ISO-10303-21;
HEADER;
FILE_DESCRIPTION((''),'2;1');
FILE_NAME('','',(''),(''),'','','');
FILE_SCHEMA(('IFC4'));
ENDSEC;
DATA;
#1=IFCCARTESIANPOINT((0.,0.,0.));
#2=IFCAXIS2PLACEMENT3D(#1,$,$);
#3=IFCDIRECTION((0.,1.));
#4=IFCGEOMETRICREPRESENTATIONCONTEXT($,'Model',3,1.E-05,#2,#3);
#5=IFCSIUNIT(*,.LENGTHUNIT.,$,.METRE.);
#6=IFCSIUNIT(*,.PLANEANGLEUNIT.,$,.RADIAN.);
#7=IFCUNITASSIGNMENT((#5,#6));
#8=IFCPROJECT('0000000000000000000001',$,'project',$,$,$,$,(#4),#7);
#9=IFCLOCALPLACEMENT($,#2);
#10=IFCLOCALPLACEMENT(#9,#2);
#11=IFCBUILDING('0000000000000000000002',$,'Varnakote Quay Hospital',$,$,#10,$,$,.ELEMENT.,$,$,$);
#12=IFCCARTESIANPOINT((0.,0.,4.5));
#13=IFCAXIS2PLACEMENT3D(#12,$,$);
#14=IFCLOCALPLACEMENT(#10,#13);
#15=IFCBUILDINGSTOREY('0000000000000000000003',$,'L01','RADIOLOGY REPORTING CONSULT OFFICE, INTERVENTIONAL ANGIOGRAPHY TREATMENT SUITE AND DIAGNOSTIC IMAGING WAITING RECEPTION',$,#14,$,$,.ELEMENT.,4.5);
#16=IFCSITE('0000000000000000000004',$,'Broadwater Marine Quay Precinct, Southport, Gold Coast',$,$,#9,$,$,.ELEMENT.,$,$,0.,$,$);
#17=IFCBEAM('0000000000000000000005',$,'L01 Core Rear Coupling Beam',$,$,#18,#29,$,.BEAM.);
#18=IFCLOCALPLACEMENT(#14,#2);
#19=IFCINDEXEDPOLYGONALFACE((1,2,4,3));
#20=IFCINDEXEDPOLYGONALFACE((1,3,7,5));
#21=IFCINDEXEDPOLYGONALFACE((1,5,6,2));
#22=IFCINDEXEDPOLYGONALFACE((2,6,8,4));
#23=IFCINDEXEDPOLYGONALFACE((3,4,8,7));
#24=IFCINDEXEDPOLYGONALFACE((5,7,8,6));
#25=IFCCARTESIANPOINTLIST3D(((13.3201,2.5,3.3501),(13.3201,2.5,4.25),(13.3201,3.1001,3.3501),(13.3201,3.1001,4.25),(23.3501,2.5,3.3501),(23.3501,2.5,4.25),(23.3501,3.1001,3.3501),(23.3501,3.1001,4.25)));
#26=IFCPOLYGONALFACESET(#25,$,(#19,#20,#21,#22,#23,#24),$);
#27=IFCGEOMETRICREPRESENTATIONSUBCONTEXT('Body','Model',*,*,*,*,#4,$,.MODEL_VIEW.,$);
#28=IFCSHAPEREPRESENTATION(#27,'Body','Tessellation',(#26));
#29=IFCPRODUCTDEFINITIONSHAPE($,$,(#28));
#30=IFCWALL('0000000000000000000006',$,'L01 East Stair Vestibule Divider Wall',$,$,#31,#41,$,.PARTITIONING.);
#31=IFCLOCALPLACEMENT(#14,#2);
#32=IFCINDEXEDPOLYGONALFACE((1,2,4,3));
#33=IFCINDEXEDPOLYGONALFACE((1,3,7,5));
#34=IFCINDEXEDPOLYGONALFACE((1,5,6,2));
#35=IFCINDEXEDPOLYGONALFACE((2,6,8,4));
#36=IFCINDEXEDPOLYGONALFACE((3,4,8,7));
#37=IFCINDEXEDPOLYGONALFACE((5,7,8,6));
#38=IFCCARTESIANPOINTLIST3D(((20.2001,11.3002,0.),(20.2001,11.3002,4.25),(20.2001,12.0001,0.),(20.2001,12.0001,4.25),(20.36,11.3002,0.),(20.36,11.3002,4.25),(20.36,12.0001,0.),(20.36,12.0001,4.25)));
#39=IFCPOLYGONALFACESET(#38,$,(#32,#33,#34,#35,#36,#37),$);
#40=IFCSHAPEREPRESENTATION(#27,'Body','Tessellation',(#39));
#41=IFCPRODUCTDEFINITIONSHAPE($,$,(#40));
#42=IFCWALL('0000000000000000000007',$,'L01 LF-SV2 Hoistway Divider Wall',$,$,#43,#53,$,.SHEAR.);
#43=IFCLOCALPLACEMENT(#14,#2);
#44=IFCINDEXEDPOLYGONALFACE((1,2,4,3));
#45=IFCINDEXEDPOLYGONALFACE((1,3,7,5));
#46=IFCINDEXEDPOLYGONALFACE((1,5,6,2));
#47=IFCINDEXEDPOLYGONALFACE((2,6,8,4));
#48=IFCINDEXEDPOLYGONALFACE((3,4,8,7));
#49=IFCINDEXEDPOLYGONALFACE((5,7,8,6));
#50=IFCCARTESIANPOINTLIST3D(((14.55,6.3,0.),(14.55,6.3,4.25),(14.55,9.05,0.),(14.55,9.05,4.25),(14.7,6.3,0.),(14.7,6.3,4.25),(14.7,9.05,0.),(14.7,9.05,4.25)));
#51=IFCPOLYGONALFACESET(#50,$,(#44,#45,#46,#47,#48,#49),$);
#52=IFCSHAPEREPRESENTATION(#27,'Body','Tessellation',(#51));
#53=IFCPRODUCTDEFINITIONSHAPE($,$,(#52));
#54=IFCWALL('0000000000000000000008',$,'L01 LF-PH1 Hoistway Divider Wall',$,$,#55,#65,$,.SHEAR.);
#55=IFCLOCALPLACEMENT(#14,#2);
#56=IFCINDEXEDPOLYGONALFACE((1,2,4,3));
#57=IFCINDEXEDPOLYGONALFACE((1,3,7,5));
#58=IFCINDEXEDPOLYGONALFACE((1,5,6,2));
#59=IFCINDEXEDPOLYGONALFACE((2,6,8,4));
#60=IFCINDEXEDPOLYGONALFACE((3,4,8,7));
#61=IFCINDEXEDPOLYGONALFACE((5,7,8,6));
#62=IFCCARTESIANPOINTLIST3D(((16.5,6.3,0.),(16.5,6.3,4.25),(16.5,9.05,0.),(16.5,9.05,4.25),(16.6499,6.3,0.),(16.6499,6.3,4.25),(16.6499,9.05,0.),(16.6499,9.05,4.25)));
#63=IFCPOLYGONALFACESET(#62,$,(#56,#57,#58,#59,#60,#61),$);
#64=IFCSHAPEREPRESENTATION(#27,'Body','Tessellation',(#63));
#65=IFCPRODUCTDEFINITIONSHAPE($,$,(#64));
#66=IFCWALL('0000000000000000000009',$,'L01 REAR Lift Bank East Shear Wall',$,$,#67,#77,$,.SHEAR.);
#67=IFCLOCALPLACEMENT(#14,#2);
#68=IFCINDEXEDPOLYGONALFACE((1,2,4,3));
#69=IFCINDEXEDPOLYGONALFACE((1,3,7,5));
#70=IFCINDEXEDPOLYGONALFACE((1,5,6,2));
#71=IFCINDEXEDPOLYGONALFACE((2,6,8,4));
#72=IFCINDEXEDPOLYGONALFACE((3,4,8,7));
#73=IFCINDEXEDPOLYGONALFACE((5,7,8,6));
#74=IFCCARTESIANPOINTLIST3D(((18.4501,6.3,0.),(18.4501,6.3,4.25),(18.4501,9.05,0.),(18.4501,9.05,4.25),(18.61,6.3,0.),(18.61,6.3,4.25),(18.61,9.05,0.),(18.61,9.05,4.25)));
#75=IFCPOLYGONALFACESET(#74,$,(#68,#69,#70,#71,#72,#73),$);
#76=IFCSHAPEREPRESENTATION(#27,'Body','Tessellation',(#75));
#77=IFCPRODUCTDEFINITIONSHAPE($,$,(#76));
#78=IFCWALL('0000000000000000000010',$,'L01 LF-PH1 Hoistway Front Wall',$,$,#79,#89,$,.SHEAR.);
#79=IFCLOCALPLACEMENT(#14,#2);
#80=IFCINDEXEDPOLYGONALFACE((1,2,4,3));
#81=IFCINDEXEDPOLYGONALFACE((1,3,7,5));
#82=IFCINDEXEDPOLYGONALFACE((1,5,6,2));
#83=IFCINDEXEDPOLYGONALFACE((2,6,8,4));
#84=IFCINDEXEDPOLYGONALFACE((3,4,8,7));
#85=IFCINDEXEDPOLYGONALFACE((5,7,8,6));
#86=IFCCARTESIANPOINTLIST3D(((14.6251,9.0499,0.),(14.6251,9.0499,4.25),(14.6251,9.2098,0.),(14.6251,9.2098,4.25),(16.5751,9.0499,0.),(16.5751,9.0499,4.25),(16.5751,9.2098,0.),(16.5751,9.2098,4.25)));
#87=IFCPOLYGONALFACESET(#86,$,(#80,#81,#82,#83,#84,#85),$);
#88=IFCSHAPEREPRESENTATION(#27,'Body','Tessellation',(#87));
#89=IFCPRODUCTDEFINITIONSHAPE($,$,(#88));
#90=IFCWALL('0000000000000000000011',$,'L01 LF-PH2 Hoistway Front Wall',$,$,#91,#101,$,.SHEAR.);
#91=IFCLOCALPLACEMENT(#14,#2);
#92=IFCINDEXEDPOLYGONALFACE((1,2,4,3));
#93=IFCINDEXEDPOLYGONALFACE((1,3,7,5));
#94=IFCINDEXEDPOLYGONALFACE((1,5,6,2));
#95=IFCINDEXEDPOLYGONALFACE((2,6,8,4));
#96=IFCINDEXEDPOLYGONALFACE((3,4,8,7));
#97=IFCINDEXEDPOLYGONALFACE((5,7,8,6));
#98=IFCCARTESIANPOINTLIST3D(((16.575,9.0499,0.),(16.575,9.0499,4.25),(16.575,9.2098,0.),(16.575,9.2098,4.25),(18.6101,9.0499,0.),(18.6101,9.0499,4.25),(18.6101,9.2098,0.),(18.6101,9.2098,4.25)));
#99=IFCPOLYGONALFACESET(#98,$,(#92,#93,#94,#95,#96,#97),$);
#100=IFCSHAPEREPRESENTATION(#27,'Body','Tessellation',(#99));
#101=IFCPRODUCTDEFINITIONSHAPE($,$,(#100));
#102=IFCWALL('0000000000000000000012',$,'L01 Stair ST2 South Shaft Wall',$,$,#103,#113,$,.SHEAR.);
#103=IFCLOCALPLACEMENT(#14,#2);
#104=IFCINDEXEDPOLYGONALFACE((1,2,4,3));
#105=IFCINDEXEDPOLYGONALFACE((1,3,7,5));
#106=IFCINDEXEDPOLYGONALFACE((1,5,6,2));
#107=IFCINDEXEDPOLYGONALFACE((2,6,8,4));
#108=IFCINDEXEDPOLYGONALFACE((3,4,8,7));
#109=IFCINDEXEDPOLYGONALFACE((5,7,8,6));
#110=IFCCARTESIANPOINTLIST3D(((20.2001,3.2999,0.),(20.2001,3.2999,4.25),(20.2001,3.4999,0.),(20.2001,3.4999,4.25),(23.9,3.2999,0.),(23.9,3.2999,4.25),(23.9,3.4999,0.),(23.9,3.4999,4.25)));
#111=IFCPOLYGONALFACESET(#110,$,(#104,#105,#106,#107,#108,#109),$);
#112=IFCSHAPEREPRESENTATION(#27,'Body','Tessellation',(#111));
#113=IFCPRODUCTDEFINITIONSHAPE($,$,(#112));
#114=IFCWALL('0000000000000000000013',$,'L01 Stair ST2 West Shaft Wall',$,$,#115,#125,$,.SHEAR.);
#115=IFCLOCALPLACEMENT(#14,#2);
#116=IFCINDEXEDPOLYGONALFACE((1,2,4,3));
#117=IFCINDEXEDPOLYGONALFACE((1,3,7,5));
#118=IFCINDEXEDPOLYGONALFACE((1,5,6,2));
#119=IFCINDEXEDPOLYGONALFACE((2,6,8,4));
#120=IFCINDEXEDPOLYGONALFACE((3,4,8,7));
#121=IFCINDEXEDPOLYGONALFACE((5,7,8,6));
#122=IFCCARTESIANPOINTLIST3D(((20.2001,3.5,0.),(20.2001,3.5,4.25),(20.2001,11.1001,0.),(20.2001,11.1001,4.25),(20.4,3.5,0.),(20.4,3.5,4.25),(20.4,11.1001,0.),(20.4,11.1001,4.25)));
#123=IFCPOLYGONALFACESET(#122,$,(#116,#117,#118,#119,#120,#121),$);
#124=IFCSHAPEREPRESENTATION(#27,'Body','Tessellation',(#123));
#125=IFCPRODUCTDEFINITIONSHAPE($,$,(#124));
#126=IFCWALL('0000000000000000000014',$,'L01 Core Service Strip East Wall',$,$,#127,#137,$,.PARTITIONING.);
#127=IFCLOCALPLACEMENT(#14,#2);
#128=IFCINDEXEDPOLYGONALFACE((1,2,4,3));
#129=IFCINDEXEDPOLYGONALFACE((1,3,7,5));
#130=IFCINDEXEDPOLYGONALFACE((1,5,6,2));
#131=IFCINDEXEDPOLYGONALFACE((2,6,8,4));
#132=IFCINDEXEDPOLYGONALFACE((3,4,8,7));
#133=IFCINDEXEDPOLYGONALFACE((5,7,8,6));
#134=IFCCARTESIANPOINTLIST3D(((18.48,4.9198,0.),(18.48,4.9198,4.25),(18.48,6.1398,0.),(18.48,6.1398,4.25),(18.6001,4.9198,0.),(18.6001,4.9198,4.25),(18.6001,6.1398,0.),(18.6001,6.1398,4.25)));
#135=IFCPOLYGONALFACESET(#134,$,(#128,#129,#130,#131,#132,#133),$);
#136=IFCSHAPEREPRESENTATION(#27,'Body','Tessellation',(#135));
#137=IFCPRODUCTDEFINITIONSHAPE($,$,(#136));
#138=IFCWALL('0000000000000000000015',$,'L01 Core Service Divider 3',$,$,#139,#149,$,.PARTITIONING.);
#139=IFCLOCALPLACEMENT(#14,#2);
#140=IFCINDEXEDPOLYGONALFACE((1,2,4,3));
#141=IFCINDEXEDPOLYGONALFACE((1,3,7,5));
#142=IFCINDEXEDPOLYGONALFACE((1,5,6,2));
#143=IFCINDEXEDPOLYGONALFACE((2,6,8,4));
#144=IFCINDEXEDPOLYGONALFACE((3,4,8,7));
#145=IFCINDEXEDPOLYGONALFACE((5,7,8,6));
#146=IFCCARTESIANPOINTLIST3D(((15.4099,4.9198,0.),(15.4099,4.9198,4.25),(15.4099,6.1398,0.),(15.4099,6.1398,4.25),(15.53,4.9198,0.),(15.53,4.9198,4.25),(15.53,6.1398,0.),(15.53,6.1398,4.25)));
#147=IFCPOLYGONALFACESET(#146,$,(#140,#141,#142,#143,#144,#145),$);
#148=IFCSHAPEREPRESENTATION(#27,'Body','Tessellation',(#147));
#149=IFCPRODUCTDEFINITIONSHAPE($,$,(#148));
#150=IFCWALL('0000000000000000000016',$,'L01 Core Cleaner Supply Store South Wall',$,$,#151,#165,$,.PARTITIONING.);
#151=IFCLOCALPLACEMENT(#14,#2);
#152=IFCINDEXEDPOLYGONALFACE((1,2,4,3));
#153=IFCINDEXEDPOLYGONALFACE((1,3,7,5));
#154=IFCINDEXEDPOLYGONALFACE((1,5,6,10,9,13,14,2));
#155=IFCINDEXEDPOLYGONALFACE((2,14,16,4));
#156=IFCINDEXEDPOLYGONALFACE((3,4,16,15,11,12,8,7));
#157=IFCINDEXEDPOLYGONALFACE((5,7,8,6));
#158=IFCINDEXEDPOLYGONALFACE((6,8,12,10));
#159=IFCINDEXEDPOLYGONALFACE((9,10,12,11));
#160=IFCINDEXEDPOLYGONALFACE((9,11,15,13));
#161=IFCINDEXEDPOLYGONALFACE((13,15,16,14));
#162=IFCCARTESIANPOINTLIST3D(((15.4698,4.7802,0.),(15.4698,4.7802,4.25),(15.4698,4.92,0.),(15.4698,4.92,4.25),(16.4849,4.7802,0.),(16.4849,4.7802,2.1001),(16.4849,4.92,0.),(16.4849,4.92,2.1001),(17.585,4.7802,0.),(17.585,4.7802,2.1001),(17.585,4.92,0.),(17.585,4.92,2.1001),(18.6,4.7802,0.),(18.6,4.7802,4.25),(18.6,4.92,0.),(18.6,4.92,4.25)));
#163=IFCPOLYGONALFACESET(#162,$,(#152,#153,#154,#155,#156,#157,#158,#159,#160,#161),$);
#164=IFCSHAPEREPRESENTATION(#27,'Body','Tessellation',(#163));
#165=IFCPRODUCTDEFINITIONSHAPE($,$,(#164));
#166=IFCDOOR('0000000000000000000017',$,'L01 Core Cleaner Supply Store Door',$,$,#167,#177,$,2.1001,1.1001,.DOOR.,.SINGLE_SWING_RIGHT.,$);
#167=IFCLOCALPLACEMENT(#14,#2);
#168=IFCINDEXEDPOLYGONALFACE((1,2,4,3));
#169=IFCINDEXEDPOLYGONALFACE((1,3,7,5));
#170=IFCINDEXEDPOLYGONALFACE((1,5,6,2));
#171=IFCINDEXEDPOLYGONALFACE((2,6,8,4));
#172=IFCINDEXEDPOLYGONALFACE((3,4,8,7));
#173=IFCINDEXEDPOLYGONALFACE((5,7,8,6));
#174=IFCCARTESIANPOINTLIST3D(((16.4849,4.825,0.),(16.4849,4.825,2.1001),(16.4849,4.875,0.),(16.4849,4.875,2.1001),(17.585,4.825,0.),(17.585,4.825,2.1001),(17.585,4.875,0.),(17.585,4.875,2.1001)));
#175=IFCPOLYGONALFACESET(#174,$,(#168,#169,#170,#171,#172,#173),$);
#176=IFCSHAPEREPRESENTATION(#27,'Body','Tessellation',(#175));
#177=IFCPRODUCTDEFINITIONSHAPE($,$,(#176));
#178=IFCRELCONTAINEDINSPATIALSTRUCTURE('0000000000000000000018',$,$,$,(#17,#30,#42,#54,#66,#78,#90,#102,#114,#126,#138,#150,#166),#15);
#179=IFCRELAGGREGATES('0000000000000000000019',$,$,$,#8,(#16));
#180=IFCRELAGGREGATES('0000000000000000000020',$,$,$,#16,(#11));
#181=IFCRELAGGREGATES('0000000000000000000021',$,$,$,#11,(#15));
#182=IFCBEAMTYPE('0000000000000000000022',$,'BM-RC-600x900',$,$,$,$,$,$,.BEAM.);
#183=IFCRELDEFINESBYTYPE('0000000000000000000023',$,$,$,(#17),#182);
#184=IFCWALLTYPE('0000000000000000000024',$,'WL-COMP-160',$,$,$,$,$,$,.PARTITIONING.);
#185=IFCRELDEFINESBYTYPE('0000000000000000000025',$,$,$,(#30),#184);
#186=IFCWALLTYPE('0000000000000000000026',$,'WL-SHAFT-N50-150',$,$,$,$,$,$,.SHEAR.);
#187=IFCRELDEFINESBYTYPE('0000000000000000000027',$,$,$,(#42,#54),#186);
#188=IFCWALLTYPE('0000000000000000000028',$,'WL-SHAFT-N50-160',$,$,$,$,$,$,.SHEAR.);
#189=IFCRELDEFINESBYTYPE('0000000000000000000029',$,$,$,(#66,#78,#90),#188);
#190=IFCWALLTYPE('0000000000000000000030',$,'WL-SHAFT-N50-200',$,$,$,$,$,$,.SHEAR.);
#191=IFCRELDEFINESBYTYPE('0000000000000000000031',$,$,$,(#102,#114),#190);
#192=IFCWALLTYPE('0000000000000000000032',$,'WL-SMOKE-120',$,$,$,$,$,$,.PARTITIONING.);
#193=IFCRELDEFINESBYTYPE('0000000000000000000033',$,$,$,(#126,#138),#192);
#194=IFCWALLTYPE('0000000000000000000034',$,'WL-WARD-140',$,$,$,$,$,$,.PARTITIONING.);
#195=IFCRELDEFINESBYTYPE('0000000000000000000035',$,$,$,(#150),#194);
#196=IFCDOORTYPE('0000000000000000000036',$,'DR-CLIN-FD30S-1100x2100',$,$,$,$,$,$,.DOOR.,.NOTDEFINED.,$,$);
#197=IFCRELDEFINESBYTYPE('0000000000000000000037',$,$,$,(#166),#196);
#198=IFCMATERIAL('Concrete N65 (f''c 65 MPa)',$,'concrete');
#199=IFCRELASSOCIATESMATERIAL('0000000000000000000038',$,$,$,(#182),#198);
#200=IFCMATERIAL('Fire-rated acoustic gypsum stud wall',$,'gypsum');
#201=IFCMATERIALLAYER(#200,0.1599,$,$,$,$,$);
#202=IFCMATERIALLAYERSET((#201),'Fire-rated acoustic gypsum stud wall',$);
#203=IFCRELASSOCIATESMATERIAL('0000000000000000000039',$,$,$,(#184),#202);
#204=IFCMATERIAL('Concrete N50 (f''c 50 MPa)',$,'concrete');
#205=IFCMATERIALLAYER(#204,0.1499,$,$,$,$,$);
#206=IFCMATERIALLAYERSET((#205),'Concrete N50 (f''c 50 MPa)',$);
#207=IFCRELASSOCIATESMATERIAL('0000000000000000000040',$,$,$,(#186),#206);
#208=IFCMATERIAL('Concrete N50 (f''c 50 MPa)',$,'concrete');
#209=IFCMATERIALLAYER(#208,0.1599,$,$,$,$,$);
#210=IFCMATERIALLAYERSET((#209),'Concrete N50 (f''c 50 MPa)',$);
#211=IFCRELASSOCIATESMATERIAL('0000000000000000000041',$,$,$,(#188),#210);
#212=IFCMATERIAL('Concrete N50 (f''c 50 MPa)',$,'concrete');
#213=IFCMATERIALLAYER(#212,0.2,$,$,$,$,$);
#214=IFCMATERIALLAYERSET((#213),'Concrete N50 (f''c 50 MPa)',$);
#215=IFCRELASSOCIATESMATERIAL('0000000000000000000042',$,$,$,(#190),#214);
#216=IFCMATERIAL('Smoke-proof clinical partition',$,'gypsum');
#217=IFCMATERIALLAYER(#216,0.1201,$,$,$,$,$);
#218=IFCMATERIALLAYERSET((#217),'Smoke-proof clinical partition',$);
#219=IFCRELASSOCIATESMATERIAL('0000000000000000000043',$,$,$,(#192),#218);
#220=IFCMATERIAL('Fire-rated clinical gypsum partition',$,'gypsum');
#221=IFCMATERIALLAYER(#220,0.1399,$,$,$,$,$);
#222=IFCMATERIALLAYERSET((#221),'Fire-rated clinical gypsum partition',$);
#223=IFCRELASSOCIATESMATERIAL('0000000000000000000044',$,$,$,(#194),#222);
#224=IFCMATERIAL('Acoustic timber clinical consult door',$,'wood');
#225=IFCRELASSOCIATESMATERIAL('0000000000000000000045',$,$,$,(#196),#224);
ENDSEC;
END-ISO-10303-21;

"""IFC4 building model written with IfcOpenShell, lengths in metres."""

from ifc_helpers import new_model, si_unit, direction, frame, frame_2d, origin, origin_2d, place, context, subcontext, project, spatial, rectangle, extrude, material, layer, layer_set, material_profile, profile_set, type_object, element, fill, save


model = new_model("IFC4")

# Units and contexts
model_context = context("Model", 3, precision=1e-05, world=origin(), true_north=direction((0.0, 1.0)))
body_context = subcontext(model_context, "Body", "Model", "MODEL_VIEW")
ifc_project = project(units=[si_unit("LENGTHUNIT", "METRE"), si_unit("PLANEANGLEUNIT", "RADIAN")], contexts=[model_context])

# Site, building, storey
site_placement = place(None, origin())
site = spatial("IfcSite", under=ifc_project, at=site_placement, Name="Broadwater Marine Quay Precinct, Southport, Gold Coast", CompositionType="ELEMENT", RefElevation=0.0)
building_placement = place(site_placement, origin())
building = spatial("IfcBuilding", under=site, at=building_placement, Name="Varnakote Quay Hospital", CompositionType="ELEMENT")
storey_placement = place(building_placement, frame((0.0, 0.0, 4.5)))
storey = spatial("IfcBuildingStorey", under=building, at=storey_placement, Name="L01", Description="RADIOLOGY REPORTING CONSULT OFFICE, INTERVENTIONAL ANGIOGRAPHY TREATMENT SUITE AND DIAGNOSTIC IMAGING WAITING RECEPTION", CompositionType="ELEMENT", Elevation=4.5)

# Beam
ifc_material_1 = material(Name="Concrete N65 (f'c 65 MPa)", Category="concrete")
ifc_material_profile = material_profile(ifc_material_1, rectangle(XDim=0.6001, YDim=0.8999, at=origin_2d()), Name="RC-BM-600x900")
ifc_profile_set = profile_set([ifc_material_profile], Name="Concrete N65 (f'c 65 MPa)")
beam_type = type_object("IfcBeamType", Name="BM-RC-600x900", PredefinedType="BEAM", material=ifc_profile_set)
beam_placement = place(storey_placement, frame((13.3201, 2.8, 3.8), z_axis=(1.0, 0.0, 0.0), x_axis=(0.0, 1.0, 0.0)))
element("IfcBeam", 1, at=beam_placement, inside=storey, type_object=beam_type, Name="L01 Core Rear Coupling Beam", PredefinedType="BEAM", context=body_context, shape_type="SweptSolid", body=[
    extrude(rectangle(XDim=0.6001, YDim=0.8999, at=origin_2d()), origin(), (0.0, 0.0, 1.0), 10.03),
])

# Walls
ifc_material_2 = material(Name="Fire-rated acoustic gypsum stud wall", Category="gypsum")
ifc_layer_1 = layer(ifc_material_2, 0.1599)
ifc_layer_set_1 = layer_set([ifc_layer_1], Name="Fire-rated acoustic gypsum stud wall")
wall_type_1 = type_object("IfcWallType", Name="WL-COMP-160", PredefinedType="PARTITIONING", material=ifc_layer_set_1)
wall_1_placement = place(storey_placement, frame((20.28, 11.3, 0.0), z_axis=(0.0, 0.0, 1.0), x_axis=(0.0, 1.0, 0.0)))
element("IfcWall", 2, at=wall_1_placement, inside=storey, type_object=wall_type_1, Name="L01 East Stair Vestibule Divider Wall", PredefinedType="PARTITIONING", context=body_context, shape_type="SweptSolid", body=[
    extrude(rectangle(XDim=0.7, YDim=0.1599, at=frame_2d((0.3501, 0.0))), origin(), (0.0, 0.0, 1.0), 4.25),
])
ifc_material_3 = material(Name="Concrete N50 (f'c 50 MPa)", Category="concrete")
ifc_layer_2 = layer(ifc_material_3, 0.1499)
ifc_layer_set_2 = layer_set([ifc_layer_2], Name="Concrete N50 (f'c 50 MPa)")
wall_type_2 = type_object("IfcWallType", Name="WL-SHAFT-N50-150", PredefinedType="SHEAR", material=ifc_layer_set_2)
for number, where, z_axis, x_axis, name in (
    (3, (14.625, 6.3, 0.0), (0.0, 0.0, 1.0), (0.0, 1.0, 0.0), "L01 LF-SV2 Hoistway Divider Wall"),
    (4, (16.575, 6.3, 0.0), (0.0, 0.0, 1.0), (0.0, 1.0, 0.0), "L01 LF-PH1 Hoistway Divider Wall"),
):
    element("IfcWall", number, at=place(storey_placement, frame(where, z_axis=z_axis, x_axis=x_axis)), inside=storey, type_object=wall_type_2, Name=name, PredefinedType="SHEAR", context=body_context, shape_type="SweptSolid", body=[
        extrude(rectangle(XDim=2.75, YDim=0.1499, at=frame_2d((1.375, 0.0))), origin(), (0.0, 0.0, 1.0), 4.25),
    ])
ifc_material_4 = material(Name="Concrete N50 (f'c 50 MPa)", Category="concrete")
ifc_layer_3 = layer(ifc_material_4, 0.1599)
ifc_layer_set_3 = layer_set([ifc_layer_3], Name="Concrete N50 (f'c 50 MPa)")
wall_type_3 = type_object("IfcWallType", Name="WL-SHAFT-N50-160", PredefinedType="SHEAR", material=ifc_layer_set_3)
wall_2_placement = place(storey_placement, frame((18.53, 6.3, 0.0), z_axis=(0.0, 0.0, 1.0), x_axis=(0.0, 1.0, 0.0)))
element("IfcWall", 5, at=wall_2_placement, inside=storey, type_object=wall_type_3, Name="L01 REAR Lift Bank East Shear Wall", PredefinedType="SHEAR", context=body_context, shape_type="SweptSolid", body=[
    extrude(rectangle(XDim=2.75, YDim=0.1599, at=frame_2d((1.375, 0.0))), origin(), (0.0, 0.0, 1.0), 4.25),
])
wall_3_placement = place(storey_placement, frame((14.625, 9.1299, 0.0), z_axis=(0.0, 0.0, 1.0), x_axis=(1.0, 0.0, 0.0)))
element("IfcWall", 6, at=wall_3_placement, inside=storey, type_object=wall_type_3, Name="L01 LF-PH1 Hoistway Front Wall", PredefinedType="SHEAR", context=body_context, shape_type="SweptSolid", body=[
    extrude(rectangle(XDim=1.95, YDim=0.1599, at=frame_2d((0.9751, 0.0))), origin(), (0.0, 0.0, 1.0), 4.25),
])
wall_4_placement = place(storey_placement, frame((16.575, 9.1299, 0.0), z_axis=(0.0, 0.0, 1.0), x_axis=(1.0, 0.0, 0.0)))
element("IfcWall", 7, at=wall_4_placement, inside=storey, type_object=wall_type_3, Name="L01 LF-PH2 Hoistway Front Wall", PredefinedType="SHEAR", context=body_context, shape_type="SweptSolid", body=[
    extrude(rectangle(XDim=2.0352, YDim=0.1599, at=frame_2d((1.0176, 0.0))), origin(), (0.0, 0.0, 1.0), 4.25),
])
ifc_material_5 = material(Name="Concrete N50 (f'c 50 MPa)", Category="concrete")
ifc_layer_4 = layer(ifc_material_5, 0.2)
ifc_layer_set_4 = layer_set([ifc_layer_4], Name="Concrete N50 (f'c 50 MPa)")
wall_type_4 = type_object("IfcWallType", Name="WL-SHAFT-N50-200", PredefinedType="SHEAR", material=ifc_layer_set_4)
wall_5_placement = place(storey_placement, frame((20.2, 3.3999, 0.0), z_axis=(0.0, 0.0, 1.0), x_axis=(1.0, 0.0, 0.0)))
element("IfcWall", 8, at=wall_5_placement, inside=storey, type_object=wall_type_4, Name="L01 Stair ST2 South Shaft Wall", PredefinedType="SHEAR", context=body_context, shape_type="SweptSolid", body=[
    extrude(rectangle(XDim=3.7, YDim=0.2, at=frame_2d((1.8501, 0.0))), origin(), (0.0, 0.0, 1.0), 4.25),
])
wall_6_placement = place(storey_placement, frame((20.3, 3.5, 0.0), z_axis=(0.0, 0.0, 1.0), x_axis=(0.0, 1.0, 0.0)))
element("IfcWall", 9, at=wall_6_placement, inside=storey, type_object=wall_type_4, Name="L01 Stair ST2 West Shaft Wall", PredefinedType="SHEAR", context=body_context, shape_type="SweptSolid", body=[
    extrude(rectangle(XDim=7.6001, YDim=0.2, at=frame_2d((3.8, 0.0))), origin(), (0.0, 0.0, 1.0), 4.25),
])

# Walls
ifc_material_6 = material(Name="Smoke-proof clinical partition", Category="gypsum")
ifc_layer_5 = layer(ifc_material_6, 0.1201)
ifc_layer_set_5 = layer_set([ifc_layer_5], Name="Smoke-proof clinical partition")
wall_type_5 = type_object("IfcWallType", Name="WL-SMOKE-120", PredefinedType="PARTITIONING", material=ifc_layer_set_5)
for number, where, z_axis, x_axis, name in (
    (10, (18.54, 4.9199, 0.0), (0.0, 0.0, 1.0), (0.0, 1.0, 0.0), "L01 Core Service Strip East Wall"),
    (11, (15.47, 4.9199, 0.0), (0.0, 0.0, 1.0), (0.0, 1.0, 0.0), "L01 Core Service Divider 3"),
):
    element("IfcWall", number, at=place(storey_placement, frame(where, z_axis=z_axis, x_axis=x_axis)), inside=storey, type_object=wall_type_5, Name=name, PredefinedType="PARTITIONING", context=body_context, shape_type="SweptSolid", body=[
        extrude(rectangle(XDim=1.22, YDim=0.1201, at=frame_2d((0.6099, 0.0))), origin(), (0.0, 0.0, 1.0), 4.25),
    ])

# Wall, opening, door
ifc_material_7 = material(Name="Fire-rated clinical gypsum partition", Category="gypsum")
ifc_layer_6 = layer(ifc_material_7, 0.1399)
ifc_layer_set_6 = layer_set([ifc_layer_6], Name="Fire-rated clinical gypsum partition")
wall_type_6 = type_object("IfcWallType", Name="WL-WARD-140", PredefinedType="PARTITIONING", material=ifc_layer_set_6)
wall_7_placement = place(storey_placement, frame((15.47, 4.8501, 0.0), z_axis=(0.0, 0.0, 1.0), x_axis=(1.0, 0.0, 0.0)))
wall_7 = element("IfcWall", 12, at=wall_7_placement, inside=storey, type_object=wall_type_6, Name="L01 Core Cleaner Supply Store South Wall", PredefinedType="PARTITIONING", context=body_context, shape_type="SweptSolid", body=[
    extrude(rectangle(XDim=3.1301, YDim=0.1399, at=frame_2d((1.5649, 0.0))), origin(), (0.0, 0.0, 1.0), 4.25),
])
opening_1_placement = place(wall_7_placement, frame((1.0149, 0.0, 0.0)))
opening_1 = element("IfcOpeningElement", 13, at=opening_1_placement, cuts=wall_7, PredefinedType="OPENING", context=body_context, shape_type="SweptSolid", body=[
    extrude(rectangle(XDim=1.1001, YDim=2.1001, at=frame_2d((0.55, 1.05))), frame((0.0, 0.0798, 0.0), z_axis=(0.0, -1.0, 0.0), x_axis=(1.0, 0.0, 0.0)), (0.0, 0.0, 1.0), 0.1599),
])
ifc_material_8 = material(Name="Acoustic timber clinical consult door", Category="wood")
door_type_1 = type_object("IfcDoorType", Name="DR-CLIN-FD30S-1100x2100", OperationType="NOTDEFINED", PredefinedType="DOOR", material=ifc_material_8)
door_1_placement = place(opening_1_placement, origin())
door_1 = element("IfcDoor", 14, at=door_1_placement, inside=storey, type_object=door_type_1, Name="L01 Core Cleaner Supply Store Door", OperationType="SINGLE_SWING_RIGHT", OverallHeight=2.1001, OverallWidth=1.1001, PredefinedType="DOOR", context=body_context, shape_type="SweptSolid", body=[
    extrude(rectangle(XDim=1.1001, YDim=2.1001, at=frame_2d((0.55, 1.05))), frame((0.0, 0.0249, 0.0), z_axis=(0.0, -1.0, 0.0), x_axis=(1.0, 0.0, 0.0)), (0.0, 0.0, 1.0), 0.05),
])
fill(opening_1, door_1)

save(model, "model.ifc")
